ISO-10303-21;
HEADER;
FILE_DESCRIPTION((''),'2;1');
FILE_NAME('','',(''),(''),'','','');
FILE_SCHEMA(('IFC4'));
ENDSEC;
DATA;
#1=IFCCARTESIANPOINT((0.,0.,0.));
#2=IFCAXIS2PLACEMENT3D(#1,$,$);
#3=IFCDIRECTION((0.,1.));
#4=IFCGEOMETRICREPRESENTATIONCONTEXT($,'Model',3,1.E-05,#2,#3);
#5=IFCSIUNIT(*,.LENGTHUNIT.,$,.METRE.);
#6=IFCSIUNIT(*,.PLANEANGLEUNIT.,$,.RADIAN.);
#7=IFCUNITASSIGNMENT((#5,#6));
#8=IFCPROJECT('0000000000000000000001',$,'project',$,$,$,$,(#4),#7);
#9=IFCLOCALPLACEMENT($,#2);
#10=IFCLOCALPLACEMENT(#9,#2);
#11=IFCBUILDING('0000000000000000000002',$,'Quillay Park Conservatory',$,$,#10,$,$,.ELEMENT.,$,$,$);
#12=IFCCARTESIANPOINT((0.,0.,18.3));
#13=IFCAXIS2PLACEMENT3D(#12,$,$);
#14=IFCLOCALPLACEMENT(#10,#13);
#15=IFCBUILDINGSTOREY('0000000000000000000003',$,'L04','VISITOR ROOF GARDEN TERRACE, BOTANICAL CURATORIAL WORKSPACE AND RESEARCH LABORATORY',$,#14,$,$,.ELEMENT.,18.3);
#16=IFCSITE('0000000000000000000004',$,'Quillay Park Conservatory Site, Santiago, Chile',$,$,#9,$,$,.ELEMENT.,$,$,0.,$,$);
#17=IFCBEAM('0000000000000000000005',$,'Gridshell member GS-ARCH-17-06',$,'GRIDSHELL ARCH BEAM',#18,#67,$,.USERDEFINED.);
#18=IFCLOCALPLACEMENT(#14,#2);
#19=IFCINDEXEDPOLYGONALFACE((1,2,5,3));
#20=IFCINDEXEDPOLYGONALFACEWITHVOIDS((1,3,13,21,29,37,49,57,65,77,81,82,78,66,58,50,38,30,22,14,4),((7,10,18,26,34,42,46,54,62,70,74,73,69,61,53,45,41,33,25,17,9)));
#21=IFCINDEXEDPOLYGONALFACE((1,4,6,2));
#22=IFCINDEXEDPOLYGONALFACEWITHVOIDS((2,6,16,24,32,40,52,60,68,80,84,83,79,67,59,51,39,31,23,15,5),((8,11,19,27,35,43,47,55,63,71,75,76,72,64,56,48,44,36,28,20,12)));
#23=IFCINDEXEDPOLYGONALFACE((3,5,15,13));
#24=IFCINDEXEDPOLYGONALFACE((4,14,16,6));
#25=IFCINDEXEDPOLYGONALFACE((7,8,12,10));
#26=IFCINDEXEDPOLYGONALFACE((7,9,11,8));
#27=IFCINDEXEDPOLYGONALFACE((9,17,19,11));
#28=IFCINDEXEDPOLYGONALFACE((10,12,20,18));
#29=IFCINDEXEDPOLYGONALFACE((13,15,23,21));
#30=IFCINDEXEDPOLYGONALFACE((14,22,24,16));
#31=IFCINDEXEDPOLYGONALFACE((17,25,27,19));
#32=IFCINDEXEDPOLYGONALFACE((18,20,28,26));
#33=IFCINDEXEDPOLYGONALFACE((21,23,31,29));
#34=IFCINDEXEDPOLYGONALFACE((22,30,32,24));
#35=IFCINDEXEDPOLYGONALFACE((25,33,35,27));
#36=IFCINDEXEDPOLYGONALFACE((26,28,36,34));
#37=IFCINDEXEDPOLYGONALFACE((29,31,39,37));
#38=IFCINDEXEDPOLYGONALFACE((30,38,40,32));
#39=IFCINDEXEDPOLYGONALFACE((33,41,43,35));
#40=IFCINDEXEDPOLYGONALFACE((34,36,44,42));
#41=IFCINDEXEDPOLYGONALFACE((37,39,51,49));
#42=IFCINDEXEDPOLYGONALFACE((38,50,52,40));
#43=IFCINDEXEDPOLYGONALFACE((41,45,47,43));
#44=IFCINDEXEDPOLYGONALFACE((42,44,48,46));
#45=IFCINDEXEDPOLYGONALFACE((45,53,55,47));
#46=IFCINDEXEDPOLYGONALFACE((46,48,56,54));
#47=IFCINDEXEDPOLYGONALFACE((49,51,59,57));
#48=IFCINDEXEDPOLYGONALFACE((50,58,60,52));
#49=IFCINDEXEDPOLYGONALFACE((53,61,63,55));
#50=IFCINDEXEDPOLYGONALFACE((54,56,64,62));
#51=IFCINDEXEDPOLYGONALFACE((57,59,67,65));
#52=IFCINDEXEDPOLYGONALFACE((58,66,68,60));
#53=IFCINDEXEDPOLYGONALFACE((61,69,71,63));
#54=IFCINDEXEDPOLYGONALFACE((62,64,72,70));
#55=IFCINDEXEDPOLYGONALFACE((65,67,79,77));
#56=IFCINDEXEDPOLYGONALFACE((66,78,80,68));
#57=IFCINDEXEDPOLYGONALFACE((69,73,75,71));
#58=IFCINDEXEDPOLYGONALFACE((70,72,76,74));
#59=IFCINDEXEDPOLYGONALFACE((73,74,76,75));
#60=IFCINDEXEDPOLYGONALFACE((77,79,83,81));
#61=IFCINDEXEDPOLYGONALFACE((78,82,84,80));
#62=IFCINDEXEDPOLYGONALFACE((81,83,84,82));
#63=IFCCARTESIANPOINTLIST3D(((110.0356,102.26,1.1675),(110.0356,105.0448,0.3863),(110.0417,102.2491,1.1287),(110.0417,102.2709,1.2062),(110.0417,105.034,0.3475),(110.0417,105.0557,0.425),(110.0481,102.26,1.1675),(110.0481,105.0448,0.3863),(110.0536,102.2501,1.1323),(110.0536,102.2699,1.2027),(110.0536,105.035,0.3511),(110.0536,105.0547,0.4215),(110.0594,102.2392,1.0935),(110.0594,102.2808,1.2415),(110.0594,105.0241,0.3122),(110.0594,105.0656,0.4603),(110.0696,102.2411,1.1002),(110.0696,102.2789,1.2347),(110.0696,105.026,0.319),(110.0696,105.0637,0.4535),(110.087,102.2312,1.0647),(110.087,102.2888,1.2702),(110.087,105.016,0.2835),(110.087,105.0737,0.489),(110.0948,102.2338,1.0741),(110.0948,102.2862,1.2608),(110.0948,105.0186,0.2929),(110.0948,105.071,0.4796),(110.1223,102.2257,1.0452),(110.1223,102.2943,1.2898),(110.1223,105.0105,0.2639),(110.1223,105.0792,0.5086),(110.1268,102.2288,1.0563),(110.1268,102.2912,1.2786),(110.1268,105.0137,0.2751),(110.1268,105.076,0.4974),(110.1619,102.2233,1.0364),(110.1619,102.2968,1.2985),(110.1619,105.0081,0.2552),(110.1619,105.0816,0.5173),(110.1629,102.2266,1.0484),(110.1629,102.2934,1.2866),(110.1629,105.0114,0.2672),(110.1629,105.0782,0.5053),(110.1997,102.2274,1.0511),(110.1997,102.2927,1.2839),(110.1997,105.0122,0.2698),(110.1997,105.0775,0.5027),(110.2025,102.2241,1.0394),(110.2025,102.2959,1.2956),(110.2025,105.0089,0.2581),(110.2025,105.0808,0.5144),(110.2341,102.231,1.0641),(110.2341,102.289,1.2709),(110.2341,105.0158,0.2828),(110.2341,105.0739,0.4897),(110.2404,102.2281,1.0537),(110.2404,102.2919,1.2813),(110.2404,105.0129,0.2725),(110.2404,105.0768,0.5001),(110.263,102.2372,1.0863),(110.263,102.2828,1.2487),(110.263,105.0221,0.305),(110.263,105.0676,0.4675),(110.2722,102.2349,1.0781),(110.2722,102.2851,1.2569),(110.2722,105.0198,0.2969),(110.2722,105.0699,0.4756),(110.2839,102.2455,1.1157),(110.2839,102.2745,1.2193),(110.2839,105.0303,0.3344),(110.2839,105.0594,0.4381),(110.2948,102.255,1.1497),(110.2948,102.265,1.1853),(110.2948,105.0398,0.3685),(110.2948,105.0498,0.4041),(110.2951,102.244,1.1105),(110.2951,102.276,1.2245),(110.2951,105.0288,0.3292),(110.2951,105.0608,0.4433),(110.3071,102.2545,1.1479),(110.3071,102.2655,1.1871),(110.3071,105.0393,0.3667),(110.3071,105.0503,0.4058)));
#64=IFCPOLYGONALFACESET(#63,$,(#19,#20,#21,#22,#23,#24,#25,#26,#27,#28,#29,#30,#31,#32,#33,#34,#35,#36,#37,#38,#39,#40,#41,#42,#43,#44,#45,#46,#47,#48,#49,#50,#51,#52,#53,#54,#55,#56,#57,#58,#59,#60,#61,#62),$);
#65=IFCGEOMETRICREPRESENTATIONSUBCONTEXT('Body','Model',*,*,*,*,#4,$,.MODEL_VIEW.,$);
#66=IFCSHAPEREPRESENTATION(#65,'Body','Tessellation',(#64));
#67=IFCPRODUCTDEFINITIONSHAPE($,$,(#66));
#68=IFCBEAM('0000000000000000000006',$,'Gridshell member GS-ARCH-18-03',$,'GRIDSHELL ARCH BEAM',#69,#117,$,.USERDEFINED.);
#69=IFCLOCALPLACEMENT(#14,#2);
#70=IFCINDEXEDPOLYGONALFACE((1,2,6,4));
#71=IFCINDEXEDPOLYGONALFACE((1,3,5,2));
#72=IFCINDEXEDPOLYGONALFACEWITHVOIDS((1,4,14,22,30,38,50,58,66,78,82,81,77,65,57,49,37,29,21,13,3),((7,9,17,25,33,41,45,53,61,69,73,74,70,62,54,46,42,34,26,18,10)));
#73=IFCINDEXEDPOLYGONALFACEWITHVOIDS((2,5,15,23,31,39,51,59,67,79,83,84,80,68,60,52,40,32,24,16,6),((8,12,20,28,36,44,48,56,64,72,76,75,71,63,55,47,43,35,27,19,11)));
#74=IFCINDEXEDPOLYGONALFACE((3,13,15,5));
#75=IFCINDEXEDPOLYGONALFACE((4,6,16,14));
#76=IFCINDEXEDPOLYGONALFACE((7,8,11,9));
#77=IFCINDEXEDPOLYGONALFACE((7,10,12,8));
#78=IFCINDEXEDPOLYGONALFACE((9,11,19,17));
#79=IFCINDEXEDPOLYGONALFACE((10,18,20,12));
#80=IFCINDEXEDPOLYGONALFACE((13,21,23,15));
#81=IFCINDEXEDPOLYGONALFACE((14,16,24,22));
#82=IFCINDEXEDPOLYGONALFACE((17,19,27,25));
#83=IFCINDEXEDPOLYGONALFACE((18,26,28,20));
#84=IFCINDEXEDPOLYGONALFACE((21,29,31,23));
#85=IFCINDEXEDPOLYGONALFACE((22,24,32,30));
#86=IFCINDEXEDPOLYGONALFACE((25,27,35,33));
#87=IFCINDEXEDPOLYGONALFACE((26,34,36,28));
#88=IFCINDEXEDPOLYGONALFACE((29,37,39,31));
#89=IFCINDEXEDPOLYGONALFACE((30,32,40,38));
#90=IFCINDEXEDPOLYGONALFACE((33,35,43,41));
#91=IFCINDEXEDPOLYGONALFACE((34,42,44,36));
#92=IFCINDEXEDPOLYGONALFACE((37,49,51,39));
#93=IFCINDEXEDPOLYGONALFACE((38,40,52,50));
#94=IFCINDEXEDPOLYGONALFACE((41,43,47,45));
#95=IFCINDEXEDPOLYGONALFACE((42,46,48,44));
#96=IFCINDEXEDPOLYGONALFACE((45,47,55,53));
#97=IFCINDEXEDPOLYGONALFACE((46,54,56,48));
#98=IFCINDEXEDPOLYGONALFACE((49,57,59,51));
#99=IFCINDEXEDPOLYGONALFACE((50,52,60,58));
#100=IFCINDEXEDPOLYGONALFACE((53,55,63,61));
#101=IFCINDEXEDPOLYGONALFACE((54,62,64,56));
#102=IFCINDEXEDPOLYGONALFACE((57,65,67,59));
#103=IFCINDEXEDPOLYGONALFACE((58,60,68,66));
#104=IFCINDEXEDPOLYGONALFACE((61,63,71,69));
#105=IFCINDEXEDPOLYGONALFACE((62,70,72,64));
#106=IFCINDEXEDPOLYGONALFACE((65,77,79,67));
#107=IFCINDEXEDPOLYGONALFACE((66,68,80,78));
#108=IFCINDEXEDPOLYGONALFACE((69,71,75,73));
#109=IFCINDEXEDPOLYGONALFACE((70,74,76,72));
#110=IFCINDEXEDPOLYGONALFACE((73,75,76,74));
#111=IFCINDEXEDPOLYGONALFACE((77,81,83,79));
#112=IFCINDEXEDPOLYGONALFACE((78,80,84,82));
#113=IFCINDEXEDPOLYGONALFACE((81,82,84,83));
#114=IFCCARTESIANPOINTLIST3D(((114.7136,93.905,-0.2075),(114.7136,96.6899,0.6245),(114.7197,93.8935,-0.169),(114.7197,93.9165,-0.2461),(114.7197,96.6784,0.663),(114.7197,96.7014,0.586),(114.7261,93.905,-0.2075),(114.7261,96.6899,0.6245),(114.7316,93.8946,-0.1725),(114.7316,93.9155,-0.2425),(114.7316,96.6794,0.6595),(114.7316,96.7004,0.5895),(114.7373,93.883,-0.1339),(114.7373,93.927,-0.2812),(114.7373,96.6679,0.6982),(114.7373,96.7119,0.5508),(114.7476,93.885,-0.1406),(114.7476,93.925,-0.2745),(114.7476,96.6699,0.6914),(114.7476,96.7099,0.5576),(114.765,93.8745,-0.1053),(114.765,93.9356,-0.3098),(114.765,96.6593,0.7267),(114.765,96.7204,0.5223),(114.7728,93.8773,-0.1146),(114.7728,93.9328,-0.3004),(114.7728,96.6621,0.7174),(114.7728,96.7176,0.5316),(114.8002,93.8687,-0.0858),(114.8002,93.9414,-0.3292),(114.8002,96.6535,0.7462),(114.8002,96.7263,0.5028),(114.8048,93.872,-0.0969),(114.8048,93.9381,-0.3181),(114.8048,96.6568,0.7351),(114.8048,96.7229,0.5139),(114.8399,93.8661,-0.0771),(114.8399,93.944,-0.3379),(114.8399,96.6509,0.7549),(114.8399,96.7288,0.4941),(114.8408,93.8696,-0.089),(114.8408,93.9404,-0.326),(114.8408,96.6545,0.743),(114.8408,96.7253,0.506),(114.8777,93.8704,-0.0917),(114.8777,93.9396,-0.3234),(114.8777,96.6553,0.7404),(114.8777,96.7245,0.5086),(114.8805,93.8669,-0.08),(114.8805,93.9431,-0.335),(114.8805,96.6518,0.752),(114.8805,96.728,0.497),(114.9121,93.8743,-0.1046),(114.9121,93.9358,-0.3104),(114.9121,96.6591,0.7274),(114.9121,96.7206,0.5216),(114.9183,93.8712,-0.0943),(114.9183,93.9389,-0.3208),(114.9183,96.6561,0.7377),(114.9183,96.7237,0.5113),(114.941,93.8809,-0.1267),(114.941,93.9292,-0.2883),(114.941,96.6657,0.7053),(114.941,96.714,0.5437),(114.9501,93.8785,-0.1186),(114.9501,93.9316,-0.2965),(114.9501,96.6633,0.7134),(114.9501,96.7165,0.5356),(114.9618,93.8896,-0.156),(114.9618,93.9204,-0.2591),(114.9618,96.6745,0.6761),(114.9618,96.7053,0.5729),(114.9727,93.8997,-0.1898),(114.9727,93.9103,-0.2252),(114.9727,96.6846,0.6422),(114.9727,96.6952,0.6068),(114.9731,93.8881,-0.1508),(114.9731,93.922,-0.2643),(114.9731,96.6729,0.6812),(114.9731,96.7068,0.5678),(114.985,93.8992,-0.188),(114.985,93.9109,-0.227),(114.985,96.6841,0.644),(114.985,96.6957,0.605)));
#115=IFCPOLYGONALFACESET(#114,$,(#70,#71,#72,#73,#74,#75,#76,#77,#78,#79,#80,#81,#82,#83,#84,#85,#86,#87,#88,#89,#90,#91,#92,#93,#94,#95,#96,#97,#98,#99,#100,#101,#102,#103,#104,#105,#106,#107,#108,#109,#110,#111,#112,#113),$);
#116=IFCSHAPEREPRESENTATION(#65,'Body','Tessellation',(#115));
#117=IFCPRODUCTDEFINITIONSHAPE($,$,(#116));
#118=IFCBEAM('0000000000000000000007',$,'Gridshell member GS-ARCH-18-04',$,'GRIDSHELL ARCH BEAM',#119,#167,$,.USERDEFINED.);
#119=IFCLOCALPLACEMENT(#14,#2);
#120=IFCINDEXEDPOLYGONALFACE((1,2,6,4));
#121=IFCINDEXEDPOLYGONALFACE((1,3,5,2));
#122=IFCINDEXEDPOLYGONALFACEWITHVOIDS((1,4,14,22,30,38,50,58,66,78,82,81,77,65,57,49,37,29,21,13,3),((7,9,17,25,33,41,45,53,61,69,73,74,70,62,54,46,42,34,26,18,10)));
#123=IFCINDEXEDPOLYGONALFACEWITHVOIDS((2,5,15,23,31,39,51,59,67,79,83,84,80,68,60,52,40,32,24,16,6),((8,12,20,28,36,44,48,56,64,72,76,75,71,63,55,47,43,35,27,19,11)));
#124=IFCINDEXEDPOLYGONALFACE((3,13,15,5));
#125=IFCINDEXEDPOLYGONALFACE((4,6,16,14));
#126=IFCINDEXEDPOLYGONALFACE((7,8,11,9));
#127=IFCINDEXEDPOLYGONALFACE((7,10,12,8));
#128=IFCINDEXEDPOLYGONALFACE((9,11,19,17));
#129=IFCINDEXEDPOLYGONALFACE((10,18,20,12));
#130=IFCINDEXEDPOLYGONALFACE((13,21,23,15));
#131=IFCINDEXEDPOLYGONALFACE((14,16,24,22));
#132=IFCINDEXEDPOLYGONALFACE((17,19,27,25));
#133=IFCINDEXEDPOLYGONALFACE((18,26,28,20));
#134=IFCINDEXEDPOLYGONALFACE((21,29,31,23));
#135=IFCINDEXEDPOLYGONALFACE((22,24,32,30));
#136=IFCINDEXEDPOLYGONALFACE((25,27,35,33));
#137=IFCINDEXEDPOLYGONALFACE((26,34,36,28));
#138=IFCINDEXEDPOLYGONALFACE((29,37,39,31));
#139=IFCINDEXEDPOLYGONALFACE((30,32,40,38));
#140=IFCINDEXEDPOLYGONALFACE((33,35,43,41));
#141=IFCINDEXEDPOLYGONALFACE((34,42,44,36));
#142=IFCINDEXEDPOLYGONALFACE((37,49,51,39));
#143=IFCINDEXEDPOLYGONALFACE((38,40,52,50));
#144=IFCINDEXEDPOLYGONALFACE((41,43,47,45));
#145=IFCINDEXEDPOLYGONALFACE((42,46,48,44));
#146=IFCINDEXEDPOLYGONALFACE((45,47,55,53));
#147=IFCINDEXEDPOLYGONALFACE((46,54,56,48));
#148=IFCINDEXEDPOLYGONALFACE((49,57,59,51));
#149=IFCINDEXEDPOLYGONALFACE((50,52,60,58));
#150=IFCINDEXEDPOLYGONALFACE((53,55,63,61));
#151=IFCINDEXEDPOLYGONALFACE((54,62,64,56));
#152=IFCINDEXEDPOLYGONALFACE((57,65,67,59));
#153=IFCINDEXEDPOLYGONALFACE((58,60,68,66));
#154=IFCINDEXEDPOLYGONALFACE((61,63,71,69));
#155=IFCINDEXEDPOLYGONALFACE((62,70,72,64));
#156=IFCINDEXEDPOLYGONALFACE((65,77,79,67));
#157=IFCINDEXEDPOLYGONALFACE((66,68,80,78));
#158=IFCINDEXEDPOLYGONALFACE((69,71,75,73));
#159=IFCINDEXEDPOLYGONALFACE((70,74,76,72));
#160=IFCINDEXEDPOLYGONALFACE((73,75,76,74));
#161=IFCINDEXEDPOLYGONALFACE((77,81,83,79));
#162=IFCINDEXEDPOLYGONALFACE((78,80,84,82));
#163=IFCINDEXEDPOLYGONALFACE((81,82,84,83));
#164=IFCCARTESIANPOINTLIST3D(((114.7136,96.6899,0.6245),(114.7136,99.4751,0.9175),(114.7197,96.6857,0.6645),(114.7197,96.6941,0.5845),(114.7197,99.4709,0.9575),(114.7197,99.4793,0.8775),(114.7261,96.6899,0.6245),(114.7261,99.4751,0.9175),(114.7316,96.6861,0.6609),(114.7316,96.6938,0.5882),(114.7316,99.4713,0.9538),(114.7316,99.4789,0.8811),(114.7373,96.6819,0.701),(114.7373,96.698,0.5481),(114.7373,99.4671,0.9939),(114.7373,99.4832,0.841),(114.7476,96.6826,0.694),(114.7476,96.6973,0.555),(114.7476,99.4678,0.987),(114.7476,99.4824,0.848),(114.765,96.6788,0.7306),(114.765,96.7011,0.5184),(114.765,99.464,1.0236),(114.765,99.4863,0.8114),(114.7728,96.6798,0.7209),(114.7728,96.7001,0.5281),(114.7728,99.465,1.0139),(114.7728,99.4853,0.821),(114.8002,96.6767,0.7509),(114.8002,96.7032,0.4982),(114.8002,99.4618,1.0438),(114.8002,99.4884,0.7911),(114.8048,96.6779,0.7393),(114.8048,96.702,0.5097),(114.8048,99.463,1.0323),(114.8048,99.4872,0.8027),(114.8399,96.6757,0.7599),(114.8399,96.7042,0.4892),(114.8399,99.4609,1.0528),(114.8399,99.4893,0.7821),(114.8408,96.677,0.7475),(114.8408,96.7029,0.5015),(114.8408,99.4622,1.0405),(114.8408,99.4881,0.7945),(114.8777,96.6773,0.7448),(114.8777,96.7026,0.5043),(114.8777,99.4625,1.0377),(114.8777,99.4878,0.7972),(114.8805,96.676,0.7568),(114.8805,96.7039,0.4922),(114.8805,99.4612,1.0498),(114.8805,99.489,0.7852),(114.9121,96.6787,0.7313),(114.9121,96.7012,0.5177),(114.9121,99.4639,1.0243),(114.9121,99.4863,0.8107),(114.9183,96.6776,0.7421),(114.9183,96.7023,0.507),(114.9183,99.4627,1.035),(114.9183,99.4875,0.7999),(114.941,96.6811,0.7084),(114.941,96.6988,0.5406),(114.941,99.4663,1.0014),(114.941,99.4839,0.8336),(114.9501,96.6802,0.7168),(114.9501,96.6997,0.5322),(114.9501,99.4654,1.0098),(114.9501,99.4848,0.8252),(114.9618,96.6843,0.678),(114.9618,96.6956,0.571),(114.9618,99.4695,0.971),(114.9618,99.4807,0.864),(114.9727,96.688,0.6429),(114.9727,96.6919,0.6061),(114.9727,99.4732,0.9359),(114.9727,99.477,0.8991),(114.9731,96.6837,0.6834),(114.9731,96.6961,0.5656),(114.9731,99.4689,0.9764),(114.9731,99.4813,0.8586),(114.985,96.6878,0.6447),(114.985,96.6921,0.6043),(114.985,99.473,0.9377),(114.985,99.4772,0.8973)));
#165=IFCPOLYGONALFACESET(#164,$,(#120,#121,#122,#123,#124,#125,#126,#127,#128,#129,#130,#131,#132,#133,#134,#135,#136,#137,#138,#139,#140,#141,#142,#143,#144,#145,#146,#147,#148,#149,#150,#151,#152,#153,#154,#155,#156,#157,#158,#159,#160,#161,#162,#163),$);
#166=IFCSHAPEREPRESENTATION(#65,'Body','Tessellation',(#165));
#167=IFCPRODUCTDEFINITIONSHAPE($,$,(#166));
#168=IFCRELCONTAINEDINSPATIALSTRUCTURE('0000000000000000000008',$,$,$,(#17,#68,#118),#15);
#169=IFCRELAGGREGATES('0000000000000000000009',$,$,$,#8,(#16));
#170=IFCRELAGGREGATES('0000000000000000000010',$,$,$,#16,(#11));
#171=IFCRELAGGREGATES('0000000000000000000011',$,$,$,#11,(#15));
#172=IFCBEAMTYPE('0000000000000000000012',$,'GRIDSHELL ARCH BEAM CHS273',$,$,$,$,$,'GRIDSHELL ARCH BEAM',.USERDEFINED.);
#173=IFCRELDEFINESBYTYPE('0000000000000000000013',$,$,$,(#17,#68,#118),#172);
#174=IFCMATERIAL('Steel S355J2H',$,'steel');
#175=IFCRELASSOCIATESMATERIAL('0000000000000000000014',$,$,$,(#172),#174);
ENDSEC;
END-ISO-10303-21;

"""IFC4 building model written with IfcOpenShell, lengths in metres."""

from ifc_helpers import new_model, si_unit, direction, frame, origin, origin_2d, place, context, subcontext, project, spatial, hollow_circle, extrude, material, material_profile, profile_set, type_object, element, save


model = new_model("IFC4")

# Units and contexts
model_context = context("Model", 3, precision=1e-05, world=origin(), true_north=direction((0.0, 1.0)))
body_context = subcontext(model_context, "Body", "Model", "MODEL_VIEW")
ifc_project = project(units=[si_unit("LENGTHUNIT", "METRE"), si_unit("PLANEANGLEUNIT", "RADIAN")], contexts=[model_context])

# Site, building, storey
site_placement = place(None, origin())
site = spatial("IfcSite", under=ifc_project, at=site_placement, Name="Quillay Park Conservatory Site, Santiago, Chile", CompositionType="ELEMENT", RefElevation=0.0)
building_placement = place(site_placement, origin())
building = spatial("IfcBuilding", under=site, at=building_placement, Name="Quillay Park Conservatory", CompositionType="ELEMENT")
storey_placement = place(building_placement, frame((0.0, 0.0, 18.3)))
storey = spatial("IfcBuildingStorey", under=building, at=storey_placement, Name="L04", Description="VISITOR ROOF GARDEN TERRACE, BOTANICAL CURATORIAL WORKSPACE AND RESEARCH LABORATORY", CompositionType="ELEMENT", Elevation=18.3)

# Beams
ifc_material_1 = material(Name="Steel S355J2H", Category="steel")
ifc_material_profile_1 = material_profile(ifc_material_1, hollow_circle(Radius=0.1365, WallThickness=0.0125, at=origin_2d()), Name="CHS273x12.5")
ifc_profile_set_1 = profile_set([ifc_material_profile_1], Name="Steel S355J2H")
beam_type = type_object("IfcBeamType", Name="GRIDSHELL ARCH BEAM CHS273", ElementType="GRIDSHELL ARCH BEAM", PredefinedType="USERDEFINED", material=ifc_profile_set_1)
beam_1_placement = place(storey_placement, frame((110.1721, 102.26, 1.1675), z_axis=(0.0, 0.962832, -0.270103), x_axis=(-1.0, 0.0, 0.0)))
element("IfcBeam", 1, at=beam_1_placement, inside=storey, type_object=beam_type, Name="Gridshell member GS-ARCH-17-06", ObjectType="GRIDSHELL ARCH BEAM", PredefinedType="USERDEFINED", context=body_context, shape_type="SweptSolid", body=[
    extrude(hollow_circle(Radius=0.1365, WallThickness=0.0125, at=origin_2d()), origin(), (0.0, 0.0, 1.0), 2.8923),
])
beam_2_placement = place(storey_placement, frame((114.8501, 93.905, -0.2075), z_axis=(0.0, 0.958152, 0.286261), x_axis=(-1.0, 0.0, 0.0)))
element("IfcBeam", 2, at=beam_2_placement, inside=storey, type_object=beam_type, Name="Gridshell member GS-ARCH-18-03", ObjectType="GRIDSHELL ARCH BEAM", PredefinedType="USERDEFINED", context=body_context, shape_type="SweptSolid", body=[
    extrude(hollow_circle(Radius=0.1365, WallThickness=0.0125, at=origin_2d()), origin(), (0.0, 0.0, 1.0), 2.9065),
])
beam_3_placement = place(storey_placement, frame((114.8501, 96.6899, 0.6245), z_axis=(0.0, 0.994513, 0.104612), x_axis=(-1.0, 0.0, 0.0)))
element("IfcBeam", 3, at=beam_3_placement, inside=storey, type_object=beam_type, Name="Gridshell member GS-ARCH-18-04", ObjectType="GRIDSHELL ARCH BEAM", PredefinedType="USERDEFINED", context=body_context, shape_type="SweptSolid", body=[
    extrude(hollow_circle(Radius=0.1365, WallThickness=0.0125, at=origin_2d()), origin(), (0.0, 0.0, 1.0), 2.8005),
])

save(model, "model.ifc")
